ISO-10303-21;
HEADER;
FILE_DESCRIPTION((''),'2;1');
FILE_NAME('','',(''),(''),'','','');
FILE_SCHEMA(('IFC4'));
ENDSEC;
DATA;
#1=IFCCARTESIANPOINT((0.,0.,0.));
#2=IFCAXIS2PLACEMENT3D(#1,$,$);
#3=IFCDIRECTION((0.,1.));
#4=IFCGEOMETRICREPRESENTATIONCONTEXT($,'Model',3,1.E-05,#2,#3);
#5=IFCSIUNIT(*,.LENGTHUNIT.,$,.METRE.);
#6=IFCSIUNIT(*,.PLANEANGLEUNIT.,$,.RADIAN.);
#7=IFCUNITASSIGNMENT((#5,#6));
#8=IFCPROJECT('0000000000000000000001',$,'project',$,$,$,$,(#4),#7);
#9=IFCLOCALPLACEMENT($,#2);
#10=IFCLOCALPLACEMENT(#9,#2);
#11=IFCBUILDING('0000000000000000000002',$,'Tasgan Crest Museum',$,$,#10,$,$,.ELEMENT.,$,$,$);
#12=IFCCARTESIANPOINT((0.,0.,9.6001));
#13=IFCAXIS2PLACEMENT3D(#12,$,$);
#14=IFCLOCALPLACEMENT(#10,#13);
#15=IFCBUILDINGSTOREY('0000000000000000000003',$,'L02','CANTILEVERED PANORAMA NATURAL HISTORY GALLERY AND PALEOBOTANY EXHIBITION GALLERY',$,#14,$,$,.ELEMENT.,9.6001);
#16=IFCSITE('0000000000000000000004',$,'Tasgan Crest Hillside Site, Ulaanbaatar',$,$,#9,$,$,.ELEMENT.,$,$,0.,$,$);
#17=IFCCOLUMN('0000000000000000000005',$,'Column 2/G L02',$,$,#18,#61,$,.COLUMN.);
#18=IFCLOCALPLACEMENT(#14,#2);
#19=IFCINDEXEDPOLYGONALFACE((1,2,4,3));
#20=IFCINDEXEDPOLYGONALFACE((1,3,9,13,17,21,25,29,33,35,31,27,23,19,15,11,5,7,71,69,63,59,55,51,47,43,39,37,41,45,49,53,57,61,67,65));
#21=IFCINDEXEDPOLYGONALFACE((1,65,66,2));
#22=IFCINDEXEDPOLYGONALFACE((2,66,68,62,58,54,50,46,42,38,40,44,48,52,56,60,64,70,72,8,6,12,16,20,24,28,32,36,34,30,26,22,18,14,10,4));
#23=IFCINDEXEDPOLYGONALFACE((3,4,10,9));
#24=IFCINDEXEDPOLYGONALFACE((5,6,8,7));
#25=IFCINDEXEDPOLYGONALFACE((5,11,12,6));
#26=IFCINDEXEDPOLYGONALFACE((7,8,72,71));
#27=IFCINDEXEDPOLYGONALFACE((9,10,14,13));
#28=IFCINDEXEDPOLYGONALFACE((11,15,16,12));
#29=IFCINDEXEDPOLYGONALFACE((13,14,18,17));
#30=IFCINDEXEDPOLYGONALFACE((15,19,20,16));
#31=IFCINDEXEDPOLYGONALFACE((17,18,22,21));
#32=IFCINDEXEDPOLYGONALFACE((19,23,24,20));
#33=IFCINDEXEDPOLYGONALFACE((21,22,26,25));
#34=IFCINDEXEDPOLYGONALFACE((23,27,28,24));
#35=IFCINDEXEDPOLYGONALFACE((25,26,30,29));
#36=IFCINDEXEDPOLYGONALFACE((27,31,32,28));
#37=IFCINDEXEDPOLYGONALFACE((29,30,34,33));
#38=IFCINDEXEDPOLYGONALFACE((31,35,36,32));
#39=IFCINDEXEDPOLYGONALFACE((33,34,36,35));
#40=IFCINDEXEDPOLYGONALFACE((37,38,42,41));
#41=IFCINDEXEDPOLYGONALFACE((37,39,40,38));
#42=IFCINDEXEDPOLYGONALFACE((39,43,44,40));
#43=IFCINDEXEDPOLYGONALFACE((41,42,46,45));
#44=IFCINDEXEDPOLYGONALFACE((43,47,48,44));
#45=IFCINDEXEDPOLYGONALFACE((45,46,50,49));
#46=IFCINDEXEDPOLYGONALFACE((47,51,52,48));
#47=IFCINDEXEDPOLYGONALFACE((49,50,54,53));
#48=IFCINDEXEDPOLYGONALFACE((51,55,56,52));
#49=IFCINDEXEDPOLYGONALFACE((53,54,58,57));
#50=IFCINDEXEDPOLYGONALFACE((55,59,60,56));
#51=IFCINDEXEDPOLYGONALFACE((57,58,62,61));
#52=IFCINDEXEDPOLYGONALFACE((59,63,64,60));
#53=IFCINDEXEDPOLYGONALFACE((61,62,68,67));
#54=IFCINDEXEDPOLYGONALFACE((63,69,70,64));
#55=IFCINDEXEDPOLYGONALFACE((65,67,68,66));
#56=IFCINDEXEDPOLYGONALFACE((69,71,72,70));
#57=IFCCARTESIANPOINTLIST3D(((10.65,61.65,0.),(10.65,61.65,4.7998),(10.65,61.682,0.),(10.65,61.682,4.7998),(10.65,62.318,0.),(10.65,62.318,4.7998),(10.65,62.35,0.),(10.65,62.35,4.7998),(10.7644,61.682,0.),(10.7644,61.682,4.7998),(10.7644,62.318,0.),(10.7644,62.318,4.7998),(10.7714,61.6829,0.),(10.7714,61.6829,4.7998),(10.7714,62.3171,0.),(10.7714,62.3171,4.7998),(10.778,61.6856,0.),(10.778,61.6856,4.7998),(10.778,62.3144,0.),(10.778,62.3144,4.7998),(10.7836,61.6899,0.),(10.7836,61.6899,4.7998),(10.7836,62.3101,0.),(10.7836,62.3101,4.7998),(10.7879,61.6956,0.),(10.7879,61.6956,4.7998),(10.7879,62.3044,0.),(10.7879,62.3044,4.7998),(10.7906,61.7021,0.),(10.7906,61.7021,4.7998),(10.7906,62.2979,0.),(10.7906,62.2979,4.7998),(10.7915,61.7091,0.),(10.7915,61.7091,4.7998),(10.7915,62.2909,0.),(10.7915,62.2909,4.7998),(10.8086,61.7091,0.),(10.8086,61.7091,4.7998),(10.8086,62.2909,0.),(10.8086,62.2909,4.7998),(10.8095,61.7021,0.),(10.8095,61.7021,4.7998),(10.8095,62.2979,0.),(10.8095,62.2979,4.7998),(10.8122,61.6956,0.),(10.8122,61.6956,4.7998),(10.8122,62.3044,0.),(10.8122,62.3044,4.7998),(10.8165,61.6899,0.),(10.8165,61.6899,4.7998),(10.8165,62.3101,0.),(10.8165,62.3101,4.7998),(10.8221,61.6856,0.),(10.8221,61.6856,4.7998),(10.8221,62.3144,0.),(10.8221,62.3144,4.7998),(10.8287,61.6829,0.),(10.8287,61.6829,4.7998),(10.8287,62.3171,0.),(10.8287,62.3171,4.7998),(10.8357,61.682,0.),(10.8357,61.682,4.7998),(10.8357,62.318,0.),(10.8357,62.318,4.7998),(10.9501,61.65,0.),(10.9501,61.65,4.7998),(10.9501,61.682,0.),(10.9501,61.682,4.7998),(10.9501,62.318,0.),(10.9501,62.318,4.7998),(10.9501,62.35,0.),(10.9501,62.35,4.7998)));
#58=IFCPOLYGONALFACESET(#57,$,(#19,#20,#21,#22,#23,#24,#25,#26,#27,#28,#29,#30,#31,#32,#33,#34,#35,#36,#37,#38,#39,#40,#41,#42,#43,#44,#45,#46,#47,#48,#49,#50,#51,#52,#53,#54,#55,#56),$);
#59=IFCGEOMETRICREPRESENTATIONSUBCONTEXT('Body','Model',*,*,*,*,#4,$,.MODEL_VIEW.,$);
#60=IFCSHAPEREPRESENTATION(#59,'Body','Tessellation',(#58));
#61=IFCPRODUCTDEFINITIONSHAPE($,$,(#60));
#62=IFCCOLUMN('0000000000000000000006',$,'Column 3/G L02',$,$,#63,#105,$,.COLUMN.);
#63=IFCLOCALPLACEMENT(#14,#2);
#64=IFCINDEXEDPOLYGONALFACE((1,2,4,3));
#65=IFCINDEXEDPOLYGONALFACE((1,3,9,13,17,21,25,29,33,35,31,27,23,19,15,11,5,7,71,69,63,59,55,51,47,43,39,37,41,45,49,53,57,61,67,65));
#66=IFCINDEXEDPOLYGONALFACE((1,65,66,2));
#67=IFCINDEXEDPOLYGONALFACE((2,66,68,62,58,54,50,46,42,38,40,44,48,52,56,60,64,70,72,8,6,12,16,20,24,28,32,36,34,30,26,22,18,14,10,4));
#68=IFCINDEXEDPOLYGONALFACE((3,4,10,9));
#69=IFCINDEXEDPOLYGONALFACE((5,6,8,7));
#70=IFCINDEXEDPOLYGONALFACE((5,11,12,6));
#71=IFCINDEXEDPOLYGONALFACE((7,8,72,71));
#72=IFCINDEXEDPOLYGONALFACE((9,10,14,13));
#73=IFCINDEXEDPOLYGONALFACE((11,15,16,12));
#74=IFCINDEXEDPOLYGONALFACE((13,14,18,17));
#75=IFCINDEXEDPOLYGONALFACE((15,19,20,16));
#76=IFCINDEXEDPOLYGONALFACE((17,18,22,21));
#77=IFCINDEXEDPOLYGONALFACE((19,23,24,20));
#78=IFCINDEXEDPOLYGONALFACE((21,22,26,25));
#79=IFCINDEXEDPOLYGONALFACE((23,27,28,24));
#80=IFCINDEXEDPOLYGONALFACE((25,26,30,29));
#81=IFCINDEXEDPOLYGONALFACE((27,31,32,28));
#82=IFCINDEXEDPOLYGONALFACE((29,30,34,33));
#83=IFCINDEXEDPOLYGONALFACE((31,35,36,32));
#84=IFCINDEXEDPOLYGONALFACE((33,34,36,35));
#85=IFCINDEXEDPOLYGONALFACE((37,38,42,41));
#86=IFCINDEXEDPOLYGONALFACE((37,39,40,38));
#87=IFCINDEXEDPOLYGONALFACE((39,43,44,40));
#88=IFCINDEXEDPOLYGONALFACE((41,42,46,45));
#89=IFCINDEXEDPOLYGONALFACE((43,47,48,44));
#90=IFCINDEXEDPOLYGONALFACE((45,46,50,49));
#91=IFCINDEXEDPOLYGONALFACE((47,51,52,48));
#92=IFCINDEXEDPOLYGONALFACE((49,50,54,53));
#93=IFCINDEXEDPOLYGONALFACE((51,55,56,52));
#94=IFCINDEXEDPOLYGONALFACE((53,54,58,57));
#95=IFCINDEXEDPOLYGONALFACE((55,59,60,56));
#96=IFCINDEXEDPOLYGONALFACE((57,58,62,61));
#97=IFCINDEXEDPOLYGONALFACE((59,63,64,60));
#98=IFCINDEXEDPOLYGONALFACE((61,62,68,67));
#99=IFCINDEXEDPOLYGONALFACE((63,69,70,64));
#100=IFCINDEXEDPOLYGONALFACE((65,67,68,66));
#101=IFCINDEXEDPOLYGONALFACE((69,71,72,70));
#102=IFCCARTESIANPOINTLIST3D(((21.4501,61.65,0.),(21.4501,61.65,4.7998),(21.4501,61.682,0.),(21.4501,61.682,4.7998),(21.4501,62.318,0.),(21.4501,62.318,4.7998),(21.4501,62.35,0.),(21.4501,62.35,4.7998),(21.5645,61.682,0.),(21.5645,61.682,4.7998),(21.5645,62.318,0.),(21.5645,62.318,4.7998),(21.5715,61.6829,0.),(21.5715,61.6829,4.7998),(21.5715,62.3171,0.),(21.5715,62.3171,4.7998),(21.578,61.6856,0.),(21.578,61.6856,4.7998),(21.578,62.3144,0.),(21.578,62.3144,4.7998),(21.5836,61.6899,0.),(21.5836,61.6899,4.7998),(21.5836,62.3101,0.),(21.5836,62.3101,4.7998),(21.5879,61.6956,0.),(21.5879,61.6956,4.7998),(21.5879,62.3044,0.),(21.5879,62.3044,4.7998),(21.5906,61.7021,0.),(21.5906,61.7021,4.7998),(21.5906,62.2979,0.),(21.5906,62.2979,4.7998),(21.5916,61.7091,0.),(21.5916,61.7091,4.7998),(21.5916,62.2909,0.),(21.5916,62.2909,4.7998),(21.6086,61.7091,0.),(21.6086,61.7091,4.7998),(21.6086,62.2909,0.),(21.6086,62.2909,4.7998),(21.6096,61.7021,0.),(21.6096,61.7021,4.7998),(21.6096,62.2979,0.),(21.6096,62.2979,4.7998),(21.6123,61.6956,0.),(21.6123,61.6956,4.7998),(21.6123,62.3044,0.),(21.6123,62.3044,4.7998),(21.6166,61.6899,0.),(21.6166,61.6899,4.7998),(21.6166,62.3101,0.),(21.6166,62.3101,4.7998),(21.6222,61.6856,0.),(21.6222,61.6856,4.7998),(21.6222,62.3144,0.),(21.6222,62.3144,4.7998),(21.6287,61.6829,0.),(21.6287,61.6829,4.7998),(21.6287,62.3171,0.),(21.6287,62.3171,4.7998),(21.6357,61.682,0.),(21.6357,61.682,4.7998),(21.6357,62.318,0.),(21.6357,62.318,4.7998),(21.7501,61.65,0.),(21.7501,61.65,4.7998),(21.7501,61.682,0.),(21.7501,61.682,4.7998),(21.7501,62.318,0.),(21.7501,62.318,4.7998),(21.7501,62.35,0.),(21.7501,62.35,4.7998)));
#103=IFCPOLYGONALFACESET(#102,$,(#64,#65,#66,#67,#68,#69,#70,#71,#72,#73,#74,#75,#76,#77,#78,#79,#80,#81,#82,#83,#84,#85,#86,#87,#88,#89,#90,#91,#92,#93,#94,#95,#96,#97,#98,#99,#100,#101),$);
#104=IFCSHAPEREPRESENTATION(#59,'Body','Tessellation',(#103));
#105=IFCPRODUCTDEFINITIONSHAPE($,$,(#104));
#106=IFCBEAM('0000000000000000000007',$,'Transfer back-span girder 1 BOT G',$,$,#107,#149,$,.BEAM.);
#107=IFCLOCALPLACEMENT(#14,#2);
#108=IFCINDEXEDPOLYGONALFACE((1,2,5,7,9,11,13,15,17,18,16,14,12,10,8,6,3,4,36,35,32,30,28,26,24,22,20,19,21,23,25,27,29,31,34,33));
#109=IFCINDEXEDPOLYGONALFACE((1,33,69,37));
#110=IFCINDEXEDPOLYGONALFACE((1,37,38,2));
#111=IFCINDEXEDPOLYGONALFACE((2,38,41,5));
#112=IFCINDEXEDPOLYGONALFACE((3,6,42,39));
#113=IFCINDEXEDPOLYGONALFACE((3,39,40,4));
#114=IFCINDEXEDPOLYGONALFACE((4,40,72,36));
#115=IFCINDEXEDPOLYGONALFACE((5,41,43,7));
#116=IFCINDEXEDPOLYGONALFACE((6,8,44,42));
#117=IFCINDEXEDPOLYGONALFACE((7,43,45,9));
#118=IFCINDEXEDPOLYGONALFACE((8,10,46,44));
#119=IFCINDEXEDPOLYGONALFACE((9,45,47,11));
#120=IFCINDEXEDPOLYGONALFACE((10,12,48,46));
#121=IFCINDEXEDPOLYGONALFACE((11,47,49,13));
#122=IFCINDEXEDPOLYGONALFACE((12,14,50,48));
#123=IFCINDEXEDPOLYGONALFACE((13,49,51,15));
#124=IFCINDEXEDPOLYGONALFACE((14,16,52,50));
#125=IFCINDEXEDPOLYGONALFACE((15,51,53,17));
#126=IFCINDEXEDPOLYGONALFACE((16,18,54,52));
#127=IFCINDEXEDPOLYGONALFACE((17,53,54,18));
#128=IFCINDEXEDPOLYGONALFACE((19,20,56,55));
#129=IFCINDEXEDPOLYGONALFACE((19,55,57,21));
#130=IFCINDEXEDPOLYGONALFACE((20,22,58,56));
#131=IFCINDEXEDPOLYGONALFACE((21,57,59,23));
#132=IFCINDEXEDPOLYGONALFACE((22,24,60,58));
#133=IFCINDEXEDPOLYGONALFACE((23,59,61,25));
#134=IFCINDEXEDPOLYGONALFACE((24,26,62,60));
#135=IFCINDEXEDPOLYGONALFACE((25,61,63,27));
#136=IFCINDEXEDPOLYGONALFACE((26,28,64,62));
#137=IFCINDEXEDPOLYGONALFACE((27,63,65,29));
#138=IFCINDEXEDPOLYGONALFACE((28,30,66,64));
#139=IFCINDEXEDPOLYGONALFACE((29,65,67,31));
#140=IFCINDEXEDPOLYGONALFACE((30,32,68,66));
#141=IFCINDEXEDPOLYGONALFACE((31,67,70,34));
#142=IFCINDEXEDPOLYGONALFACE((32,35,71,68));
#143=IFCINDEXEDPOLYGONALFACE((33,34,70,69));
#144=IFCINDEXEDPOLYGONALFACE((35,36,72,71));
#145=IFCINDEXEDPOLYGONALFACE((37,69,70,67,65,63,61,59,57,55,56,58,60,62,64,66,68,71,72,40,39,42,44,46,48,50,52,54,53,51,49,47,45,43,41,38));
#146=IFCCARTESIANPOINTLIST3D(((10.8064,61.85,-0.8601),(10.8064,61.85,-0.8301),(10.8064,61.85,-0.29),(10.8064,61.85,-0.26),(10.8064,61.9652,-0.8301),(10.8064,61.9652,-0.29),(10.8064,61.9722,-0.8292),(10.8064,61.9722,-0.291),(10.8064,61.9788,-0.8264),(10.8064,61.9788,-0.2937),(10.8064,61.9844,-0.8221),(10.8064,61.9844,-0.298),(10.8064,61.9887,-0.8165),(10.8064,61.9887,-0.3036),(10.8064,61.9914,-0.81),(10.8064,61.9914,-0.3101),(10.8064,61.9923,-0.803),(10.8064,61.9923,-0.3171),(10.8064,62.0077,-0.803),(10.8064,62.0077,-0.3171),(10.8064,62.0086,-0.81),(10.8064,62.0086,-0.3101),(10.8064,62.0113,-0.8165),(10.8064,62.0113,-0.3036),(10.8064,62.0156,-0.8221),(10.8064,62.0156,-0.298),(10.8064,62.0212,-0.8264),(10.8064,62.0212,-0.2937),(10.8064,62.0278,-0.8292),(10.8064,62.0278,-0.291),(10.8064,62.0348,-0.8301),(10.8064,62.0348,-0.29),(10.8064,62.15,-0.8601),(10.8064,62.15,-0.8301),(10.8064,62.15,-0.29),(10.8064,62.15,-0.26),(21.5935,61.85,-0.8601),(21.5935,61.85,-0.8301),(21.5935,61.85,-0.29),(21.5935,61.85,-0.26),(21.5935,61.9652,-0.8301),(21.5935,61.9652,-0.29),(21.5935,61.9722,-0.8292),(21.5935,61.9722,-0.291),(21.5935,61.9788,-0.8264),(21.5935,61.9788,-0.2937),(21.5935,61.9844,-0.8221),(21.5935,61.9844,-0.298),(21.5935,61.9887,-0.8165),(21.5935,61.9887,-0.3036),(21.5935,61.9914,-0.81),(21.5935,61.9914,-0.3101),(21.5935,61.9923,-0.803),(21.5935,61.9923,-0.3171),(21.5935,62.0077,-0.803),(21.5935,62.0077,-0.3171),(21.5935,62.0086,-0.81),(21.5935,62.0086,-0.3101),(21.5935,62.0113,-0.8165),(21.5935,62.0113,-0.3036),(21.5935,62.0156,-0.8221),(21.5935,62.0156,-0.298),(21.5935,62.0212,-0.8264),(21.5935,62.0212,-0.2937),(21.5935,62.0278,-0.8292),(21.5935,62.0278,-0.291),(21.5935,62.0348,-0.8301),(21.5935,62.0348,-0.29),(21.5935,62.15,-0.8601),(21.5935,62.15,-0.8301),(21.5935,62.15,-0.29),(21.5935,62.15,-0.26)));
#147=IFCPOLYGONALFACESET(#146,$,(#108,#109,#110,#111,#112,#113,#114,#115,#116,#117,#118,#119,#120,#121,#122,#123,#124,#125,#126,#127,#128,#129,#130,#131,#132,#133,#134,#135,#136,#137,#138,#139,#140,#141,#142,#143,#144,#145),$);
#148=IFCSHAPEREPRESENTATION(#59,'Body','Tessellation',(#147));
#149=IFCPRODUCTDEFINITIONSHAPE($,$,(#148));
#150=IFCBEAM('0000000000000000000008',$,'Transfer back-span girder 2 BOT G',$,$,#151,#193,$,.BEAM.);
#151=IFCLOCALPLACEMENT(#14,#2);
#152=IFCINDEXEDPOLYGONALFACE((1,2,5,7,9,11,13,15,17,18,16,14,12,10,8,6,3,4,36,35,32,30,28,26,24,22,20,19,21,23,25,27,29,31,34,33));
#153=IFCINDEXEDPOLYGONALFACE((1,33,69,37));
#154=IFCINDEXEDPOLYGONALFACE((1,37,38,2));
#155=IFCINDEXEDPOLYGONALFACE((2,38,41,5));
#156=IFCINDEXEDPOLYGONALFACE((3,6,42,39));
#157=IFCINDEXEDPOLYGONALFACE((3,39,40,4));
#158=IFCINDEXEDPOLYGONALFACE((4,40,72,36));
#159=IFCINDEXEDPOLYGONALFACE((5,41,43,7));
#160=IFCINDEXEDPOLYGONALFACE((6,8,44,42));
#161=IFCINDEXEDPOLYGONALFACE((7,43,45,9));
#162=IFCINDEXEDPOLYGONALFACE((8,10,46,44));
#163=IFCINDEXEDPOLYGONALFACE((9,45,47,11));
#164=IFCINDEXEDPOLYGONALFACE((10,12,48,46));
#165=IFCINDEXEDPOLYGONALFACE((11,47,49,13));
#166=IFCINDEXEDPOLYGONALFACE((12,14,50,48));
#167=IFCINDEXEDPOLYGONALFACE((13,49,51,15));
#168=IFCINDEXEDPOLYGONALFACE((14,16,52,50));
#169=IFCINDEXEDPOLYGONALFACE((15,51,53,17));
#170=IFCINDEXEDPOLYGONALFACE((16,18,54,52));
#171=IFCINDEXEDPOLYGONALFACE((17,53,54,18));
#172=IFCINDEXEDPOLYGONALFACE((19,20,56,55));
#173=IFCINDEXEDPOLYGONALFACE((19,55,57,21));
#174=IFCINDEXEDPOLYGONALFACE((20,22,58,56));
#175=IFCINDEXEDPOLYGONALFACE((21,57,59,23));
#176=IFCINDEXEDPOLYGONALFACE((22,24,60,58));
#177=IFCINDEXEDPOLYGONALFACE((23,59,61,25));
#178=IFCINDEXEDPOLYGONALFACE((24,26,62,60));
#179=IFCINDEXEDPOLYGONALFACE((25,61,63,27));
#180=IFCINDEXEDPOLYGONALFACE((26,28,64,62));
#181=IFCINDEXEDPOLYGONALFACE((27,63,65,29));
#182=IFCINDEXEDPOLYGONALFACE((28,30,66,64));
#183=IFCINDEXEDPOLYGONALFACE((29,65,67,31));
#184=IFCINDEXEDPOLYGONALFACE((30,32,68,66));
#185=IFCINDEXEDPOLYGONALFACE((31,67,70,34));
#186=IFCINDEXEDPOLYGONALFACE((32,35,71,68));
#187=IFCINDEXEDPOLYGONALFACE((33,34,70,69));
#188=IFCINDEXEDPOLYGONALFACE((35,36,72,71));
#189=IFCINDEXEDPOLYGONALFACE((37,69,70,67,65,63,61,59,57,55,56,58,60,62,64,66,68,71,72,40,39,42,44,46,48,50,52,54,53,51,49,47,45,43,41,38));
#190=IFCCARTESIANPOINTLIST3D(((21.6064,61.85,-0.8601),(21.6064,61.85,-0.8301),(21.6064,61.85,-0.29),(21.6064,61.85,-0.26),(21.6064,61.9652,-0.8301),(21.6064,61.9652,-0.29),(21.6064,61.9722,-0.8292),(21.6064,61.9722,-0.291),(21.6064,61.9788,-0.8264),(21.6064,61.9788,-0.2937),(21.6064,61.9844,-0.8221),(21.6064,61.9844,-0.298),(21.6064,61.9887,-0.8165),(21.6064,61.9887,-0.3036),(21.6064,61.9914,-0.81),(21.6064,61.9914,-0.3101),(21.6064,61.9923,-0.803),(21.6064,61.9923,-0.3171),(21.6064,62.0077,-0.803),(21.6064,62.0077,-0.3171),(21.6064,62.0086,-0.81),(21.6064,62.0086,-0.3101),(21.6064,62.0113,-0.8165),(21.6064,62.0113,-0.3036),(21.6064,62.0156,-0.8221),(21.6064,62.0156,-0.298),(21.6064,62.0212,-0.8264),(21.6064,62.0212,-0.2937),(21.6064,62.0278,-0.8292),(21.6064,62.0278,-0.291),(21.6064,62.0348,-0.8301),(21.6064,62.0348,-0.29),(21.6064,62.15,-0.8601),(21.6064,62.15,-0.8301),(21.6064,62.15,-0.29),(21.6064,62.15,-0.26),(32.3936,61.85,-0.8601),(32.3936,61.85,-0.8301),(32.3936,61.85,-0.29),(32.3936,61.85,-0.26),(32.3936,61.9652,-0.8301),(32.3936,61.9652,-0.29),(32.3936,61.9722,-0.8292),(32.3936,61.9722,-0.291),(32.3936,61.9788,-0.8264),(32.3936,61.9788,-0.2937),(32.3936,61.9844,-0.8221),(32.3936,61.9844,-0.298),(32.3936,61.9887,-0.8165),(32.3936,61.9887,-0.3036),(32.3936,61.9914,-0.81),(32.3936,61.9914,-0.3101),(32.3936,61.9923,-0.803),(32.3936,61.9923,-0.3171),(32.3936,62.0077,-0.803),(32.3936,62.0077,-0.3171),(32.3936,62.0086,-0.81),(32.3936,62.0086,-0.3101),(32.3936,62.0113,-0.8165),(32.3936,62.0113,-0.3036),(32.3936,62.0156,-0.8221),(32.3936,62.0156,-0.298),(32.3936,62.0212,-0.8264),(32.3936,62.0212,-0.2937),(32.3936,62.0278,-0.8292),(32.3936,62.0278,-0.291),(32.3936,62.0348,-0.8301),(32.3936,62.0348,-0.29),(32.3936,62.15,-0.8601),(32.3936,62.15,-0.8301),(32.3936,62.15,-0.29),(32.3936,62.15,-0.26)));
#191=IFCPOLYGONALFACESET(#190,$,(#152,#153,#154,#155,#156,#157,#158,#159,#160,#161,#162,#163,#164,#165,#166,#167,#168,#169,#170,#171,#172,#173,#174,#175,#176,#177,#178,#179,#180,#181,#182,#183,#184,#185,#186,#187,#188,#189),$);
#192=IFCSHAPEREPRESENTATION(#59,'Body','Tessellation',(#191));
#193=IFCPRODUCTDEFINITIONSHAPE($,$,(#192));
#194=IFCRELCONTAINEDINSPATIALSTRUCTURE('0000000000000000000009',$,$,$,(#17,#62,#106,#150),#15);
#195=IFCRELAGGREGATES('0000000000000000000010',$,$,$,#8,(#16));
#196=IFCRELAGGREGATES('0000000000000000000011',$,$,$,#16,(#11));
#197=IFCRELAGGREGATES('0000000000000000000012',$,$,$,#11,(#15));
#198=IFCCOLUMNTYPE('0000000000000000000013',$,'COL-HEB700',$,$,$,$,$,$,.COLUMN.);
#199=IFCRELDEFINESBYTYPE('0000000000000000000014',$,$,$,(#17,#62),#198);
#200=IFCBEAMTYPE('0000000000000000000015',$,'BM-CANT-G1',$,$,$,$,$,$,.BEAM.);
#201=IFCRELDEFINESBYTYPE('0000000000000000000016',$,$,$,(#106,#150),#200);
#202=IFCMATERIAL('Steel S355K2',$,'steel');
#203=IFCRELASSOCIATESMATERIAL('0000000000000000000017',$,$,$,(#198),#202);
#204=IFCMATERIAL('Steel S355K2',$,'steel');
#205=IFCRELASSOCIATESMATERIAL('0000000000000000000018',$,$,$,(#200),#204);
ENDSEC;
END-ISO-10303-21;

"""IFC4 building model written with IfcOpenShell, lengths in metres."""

from ifc_helpers import new_model, si_unit, direction, frame, origin, origin_2d, place, context, subcontext, project, spatial, i_section, extrude, material, material_profile, profile_set, type_object, element, save


model = new_model("IFC4")

# Units and contexts
model_context = context("Model", 3, precision=1e-05, world=origin(), true_north=direction((0.0, 1.0)))
body_context = subcontext(model_context, "Body", "Model", "MODEL_VIEW")
ifc_project = project(units=[si_unit("LENGTHUNIT", "METRE"), si_unit("PLANEANGLEUNIT", "RADIAN")], contexts=[model_context])

# Site, building, storey
site_placement = place(None, origin())
site = spatial("IfcSite", under=ifc_project, at=site_placement, Name="Tasgan Crest Hillside Site, Ulaanbaatar", CompositionType="ELEMENT", RefElevation=0.0)
building_placement = place(site_placement, origin())
building = spatial("IfcBuilding", under=site, at=building_placement, Name="Tasgan Crest Museum", CompositionType="ELEMENT")
storey_placement = place(building_placement, frame((0.0, 0.0, 9.6001)))
storey = spatial("IfcBuildingStorey", under=building, at=storey_placement, Name="L02", Description="CANTILEVERED PANORAMA NATURAL HISTORY GALLERY AND PALEOBOTANY EXHIBITION GALLERY", CompositionType="ELEMENT", Elevation=9.6001)

# Columns
ifc_material_1 = material(Name="Steel S355K2", Category="steel")
ifc_material_profile_1 = material_profile(ifc_material_1, i_section(OverallWidth=0.3, OverallDepth=0.7, WebThickness=0.0171, FlangeThickness=0.032, FilletRadius=0.0271, at=origin_2d()), Name="HEB 700")
ifc_profile_set_1 = profile_set([ifc_material_profile_1], Name="Steel S355K2")
column_type = type_object("IfcColumnType", Name="COL-HEB700", PredefinedType="COLUMN", material=ifc_profile_set_1)
for number, where, z_axis, x_axis, name in (
    (1, (10.8, 62.0, 0.0), (0.0, 0.0, 1.0), (1.0, 0.0, 0.0), "Column 2/G L02"),
    (2, (21.6001, 62.0, 0.0), (0.0, 0.0, 1.0), (1.0, 0.0, 0.0), "Column 3/G L02"),
):
    element("IfcColumn", number, at=place(storey_placement, frame(where, z_axis=z_axis, x_axis=x_axis)), inside=storey, type_object=column_type, Name=name, PredefinedType="COLUMN", context=body_context, shape_type="SweptSolid", body=[
        extrude(i_section(OverallWidth=0.3, OverallDepth=0.7, WebThickness=0.0171, FlangeThickness=0.032, FilletRadius=0.0271, at=origin_2d()), origin(), (0.0, 0.0, 1.0), 4.7998),
    ])

# Beams
ifc_material_2 = material(Name="Steel S355K2", Category="steel")
ifc_material_profile_2 = material_profile(ifc_material_2, i_section(OverallWidth=0.3, OverallDepth=0.6001, WebThickness=0.0154, FlangeThickness=0.03, FilletRadius=0.0271, at=origin_2d()), Name="HEB 600")
ifc_profile_set_2 = profile_set([ifc_material_profile_2], Name="Steel S355K2")
beam_type_1 = type_object("IfcBeamType", Name="BM-CANT-G1", PredefinedType="BEAM", material=ifc_profile_set_2)
for number, where, z_axis, x_axis, name in (
    (3, (10.8064, 62.0, -0.5601), (1.0, 0.0, 0.0), (0.0, 1.0, 0.0), "Transfer back-span girder 1 BOT G"),
    (4, (21.6064, 62.0, -0.5601), (1.0, 0.0, 0.0), (0.0, 1.0, 0.0), "Transfer back-span girder 2 BOT G"),
):
    element("IfcBeam", number, at=place(storey_placement, frame(where, z_axis=z_axis, x_axis=x_axis)), inside=storey, type_object=beam_type_1, Name=name, PredefinedType="BEAM", context=body_context, shape_type="SweptSolid", body=[
        extrude(i_section(OverallWidth=0.3, OverallDepth=0.6001, WebThickness=0.0154, FlangeThickness=0.03, FilletRadius=0.0271, at=origin_2d()), origin(), (0.0, 0.0, 1.0), 10.7871),
    ])

save(model, "model.ifc")
